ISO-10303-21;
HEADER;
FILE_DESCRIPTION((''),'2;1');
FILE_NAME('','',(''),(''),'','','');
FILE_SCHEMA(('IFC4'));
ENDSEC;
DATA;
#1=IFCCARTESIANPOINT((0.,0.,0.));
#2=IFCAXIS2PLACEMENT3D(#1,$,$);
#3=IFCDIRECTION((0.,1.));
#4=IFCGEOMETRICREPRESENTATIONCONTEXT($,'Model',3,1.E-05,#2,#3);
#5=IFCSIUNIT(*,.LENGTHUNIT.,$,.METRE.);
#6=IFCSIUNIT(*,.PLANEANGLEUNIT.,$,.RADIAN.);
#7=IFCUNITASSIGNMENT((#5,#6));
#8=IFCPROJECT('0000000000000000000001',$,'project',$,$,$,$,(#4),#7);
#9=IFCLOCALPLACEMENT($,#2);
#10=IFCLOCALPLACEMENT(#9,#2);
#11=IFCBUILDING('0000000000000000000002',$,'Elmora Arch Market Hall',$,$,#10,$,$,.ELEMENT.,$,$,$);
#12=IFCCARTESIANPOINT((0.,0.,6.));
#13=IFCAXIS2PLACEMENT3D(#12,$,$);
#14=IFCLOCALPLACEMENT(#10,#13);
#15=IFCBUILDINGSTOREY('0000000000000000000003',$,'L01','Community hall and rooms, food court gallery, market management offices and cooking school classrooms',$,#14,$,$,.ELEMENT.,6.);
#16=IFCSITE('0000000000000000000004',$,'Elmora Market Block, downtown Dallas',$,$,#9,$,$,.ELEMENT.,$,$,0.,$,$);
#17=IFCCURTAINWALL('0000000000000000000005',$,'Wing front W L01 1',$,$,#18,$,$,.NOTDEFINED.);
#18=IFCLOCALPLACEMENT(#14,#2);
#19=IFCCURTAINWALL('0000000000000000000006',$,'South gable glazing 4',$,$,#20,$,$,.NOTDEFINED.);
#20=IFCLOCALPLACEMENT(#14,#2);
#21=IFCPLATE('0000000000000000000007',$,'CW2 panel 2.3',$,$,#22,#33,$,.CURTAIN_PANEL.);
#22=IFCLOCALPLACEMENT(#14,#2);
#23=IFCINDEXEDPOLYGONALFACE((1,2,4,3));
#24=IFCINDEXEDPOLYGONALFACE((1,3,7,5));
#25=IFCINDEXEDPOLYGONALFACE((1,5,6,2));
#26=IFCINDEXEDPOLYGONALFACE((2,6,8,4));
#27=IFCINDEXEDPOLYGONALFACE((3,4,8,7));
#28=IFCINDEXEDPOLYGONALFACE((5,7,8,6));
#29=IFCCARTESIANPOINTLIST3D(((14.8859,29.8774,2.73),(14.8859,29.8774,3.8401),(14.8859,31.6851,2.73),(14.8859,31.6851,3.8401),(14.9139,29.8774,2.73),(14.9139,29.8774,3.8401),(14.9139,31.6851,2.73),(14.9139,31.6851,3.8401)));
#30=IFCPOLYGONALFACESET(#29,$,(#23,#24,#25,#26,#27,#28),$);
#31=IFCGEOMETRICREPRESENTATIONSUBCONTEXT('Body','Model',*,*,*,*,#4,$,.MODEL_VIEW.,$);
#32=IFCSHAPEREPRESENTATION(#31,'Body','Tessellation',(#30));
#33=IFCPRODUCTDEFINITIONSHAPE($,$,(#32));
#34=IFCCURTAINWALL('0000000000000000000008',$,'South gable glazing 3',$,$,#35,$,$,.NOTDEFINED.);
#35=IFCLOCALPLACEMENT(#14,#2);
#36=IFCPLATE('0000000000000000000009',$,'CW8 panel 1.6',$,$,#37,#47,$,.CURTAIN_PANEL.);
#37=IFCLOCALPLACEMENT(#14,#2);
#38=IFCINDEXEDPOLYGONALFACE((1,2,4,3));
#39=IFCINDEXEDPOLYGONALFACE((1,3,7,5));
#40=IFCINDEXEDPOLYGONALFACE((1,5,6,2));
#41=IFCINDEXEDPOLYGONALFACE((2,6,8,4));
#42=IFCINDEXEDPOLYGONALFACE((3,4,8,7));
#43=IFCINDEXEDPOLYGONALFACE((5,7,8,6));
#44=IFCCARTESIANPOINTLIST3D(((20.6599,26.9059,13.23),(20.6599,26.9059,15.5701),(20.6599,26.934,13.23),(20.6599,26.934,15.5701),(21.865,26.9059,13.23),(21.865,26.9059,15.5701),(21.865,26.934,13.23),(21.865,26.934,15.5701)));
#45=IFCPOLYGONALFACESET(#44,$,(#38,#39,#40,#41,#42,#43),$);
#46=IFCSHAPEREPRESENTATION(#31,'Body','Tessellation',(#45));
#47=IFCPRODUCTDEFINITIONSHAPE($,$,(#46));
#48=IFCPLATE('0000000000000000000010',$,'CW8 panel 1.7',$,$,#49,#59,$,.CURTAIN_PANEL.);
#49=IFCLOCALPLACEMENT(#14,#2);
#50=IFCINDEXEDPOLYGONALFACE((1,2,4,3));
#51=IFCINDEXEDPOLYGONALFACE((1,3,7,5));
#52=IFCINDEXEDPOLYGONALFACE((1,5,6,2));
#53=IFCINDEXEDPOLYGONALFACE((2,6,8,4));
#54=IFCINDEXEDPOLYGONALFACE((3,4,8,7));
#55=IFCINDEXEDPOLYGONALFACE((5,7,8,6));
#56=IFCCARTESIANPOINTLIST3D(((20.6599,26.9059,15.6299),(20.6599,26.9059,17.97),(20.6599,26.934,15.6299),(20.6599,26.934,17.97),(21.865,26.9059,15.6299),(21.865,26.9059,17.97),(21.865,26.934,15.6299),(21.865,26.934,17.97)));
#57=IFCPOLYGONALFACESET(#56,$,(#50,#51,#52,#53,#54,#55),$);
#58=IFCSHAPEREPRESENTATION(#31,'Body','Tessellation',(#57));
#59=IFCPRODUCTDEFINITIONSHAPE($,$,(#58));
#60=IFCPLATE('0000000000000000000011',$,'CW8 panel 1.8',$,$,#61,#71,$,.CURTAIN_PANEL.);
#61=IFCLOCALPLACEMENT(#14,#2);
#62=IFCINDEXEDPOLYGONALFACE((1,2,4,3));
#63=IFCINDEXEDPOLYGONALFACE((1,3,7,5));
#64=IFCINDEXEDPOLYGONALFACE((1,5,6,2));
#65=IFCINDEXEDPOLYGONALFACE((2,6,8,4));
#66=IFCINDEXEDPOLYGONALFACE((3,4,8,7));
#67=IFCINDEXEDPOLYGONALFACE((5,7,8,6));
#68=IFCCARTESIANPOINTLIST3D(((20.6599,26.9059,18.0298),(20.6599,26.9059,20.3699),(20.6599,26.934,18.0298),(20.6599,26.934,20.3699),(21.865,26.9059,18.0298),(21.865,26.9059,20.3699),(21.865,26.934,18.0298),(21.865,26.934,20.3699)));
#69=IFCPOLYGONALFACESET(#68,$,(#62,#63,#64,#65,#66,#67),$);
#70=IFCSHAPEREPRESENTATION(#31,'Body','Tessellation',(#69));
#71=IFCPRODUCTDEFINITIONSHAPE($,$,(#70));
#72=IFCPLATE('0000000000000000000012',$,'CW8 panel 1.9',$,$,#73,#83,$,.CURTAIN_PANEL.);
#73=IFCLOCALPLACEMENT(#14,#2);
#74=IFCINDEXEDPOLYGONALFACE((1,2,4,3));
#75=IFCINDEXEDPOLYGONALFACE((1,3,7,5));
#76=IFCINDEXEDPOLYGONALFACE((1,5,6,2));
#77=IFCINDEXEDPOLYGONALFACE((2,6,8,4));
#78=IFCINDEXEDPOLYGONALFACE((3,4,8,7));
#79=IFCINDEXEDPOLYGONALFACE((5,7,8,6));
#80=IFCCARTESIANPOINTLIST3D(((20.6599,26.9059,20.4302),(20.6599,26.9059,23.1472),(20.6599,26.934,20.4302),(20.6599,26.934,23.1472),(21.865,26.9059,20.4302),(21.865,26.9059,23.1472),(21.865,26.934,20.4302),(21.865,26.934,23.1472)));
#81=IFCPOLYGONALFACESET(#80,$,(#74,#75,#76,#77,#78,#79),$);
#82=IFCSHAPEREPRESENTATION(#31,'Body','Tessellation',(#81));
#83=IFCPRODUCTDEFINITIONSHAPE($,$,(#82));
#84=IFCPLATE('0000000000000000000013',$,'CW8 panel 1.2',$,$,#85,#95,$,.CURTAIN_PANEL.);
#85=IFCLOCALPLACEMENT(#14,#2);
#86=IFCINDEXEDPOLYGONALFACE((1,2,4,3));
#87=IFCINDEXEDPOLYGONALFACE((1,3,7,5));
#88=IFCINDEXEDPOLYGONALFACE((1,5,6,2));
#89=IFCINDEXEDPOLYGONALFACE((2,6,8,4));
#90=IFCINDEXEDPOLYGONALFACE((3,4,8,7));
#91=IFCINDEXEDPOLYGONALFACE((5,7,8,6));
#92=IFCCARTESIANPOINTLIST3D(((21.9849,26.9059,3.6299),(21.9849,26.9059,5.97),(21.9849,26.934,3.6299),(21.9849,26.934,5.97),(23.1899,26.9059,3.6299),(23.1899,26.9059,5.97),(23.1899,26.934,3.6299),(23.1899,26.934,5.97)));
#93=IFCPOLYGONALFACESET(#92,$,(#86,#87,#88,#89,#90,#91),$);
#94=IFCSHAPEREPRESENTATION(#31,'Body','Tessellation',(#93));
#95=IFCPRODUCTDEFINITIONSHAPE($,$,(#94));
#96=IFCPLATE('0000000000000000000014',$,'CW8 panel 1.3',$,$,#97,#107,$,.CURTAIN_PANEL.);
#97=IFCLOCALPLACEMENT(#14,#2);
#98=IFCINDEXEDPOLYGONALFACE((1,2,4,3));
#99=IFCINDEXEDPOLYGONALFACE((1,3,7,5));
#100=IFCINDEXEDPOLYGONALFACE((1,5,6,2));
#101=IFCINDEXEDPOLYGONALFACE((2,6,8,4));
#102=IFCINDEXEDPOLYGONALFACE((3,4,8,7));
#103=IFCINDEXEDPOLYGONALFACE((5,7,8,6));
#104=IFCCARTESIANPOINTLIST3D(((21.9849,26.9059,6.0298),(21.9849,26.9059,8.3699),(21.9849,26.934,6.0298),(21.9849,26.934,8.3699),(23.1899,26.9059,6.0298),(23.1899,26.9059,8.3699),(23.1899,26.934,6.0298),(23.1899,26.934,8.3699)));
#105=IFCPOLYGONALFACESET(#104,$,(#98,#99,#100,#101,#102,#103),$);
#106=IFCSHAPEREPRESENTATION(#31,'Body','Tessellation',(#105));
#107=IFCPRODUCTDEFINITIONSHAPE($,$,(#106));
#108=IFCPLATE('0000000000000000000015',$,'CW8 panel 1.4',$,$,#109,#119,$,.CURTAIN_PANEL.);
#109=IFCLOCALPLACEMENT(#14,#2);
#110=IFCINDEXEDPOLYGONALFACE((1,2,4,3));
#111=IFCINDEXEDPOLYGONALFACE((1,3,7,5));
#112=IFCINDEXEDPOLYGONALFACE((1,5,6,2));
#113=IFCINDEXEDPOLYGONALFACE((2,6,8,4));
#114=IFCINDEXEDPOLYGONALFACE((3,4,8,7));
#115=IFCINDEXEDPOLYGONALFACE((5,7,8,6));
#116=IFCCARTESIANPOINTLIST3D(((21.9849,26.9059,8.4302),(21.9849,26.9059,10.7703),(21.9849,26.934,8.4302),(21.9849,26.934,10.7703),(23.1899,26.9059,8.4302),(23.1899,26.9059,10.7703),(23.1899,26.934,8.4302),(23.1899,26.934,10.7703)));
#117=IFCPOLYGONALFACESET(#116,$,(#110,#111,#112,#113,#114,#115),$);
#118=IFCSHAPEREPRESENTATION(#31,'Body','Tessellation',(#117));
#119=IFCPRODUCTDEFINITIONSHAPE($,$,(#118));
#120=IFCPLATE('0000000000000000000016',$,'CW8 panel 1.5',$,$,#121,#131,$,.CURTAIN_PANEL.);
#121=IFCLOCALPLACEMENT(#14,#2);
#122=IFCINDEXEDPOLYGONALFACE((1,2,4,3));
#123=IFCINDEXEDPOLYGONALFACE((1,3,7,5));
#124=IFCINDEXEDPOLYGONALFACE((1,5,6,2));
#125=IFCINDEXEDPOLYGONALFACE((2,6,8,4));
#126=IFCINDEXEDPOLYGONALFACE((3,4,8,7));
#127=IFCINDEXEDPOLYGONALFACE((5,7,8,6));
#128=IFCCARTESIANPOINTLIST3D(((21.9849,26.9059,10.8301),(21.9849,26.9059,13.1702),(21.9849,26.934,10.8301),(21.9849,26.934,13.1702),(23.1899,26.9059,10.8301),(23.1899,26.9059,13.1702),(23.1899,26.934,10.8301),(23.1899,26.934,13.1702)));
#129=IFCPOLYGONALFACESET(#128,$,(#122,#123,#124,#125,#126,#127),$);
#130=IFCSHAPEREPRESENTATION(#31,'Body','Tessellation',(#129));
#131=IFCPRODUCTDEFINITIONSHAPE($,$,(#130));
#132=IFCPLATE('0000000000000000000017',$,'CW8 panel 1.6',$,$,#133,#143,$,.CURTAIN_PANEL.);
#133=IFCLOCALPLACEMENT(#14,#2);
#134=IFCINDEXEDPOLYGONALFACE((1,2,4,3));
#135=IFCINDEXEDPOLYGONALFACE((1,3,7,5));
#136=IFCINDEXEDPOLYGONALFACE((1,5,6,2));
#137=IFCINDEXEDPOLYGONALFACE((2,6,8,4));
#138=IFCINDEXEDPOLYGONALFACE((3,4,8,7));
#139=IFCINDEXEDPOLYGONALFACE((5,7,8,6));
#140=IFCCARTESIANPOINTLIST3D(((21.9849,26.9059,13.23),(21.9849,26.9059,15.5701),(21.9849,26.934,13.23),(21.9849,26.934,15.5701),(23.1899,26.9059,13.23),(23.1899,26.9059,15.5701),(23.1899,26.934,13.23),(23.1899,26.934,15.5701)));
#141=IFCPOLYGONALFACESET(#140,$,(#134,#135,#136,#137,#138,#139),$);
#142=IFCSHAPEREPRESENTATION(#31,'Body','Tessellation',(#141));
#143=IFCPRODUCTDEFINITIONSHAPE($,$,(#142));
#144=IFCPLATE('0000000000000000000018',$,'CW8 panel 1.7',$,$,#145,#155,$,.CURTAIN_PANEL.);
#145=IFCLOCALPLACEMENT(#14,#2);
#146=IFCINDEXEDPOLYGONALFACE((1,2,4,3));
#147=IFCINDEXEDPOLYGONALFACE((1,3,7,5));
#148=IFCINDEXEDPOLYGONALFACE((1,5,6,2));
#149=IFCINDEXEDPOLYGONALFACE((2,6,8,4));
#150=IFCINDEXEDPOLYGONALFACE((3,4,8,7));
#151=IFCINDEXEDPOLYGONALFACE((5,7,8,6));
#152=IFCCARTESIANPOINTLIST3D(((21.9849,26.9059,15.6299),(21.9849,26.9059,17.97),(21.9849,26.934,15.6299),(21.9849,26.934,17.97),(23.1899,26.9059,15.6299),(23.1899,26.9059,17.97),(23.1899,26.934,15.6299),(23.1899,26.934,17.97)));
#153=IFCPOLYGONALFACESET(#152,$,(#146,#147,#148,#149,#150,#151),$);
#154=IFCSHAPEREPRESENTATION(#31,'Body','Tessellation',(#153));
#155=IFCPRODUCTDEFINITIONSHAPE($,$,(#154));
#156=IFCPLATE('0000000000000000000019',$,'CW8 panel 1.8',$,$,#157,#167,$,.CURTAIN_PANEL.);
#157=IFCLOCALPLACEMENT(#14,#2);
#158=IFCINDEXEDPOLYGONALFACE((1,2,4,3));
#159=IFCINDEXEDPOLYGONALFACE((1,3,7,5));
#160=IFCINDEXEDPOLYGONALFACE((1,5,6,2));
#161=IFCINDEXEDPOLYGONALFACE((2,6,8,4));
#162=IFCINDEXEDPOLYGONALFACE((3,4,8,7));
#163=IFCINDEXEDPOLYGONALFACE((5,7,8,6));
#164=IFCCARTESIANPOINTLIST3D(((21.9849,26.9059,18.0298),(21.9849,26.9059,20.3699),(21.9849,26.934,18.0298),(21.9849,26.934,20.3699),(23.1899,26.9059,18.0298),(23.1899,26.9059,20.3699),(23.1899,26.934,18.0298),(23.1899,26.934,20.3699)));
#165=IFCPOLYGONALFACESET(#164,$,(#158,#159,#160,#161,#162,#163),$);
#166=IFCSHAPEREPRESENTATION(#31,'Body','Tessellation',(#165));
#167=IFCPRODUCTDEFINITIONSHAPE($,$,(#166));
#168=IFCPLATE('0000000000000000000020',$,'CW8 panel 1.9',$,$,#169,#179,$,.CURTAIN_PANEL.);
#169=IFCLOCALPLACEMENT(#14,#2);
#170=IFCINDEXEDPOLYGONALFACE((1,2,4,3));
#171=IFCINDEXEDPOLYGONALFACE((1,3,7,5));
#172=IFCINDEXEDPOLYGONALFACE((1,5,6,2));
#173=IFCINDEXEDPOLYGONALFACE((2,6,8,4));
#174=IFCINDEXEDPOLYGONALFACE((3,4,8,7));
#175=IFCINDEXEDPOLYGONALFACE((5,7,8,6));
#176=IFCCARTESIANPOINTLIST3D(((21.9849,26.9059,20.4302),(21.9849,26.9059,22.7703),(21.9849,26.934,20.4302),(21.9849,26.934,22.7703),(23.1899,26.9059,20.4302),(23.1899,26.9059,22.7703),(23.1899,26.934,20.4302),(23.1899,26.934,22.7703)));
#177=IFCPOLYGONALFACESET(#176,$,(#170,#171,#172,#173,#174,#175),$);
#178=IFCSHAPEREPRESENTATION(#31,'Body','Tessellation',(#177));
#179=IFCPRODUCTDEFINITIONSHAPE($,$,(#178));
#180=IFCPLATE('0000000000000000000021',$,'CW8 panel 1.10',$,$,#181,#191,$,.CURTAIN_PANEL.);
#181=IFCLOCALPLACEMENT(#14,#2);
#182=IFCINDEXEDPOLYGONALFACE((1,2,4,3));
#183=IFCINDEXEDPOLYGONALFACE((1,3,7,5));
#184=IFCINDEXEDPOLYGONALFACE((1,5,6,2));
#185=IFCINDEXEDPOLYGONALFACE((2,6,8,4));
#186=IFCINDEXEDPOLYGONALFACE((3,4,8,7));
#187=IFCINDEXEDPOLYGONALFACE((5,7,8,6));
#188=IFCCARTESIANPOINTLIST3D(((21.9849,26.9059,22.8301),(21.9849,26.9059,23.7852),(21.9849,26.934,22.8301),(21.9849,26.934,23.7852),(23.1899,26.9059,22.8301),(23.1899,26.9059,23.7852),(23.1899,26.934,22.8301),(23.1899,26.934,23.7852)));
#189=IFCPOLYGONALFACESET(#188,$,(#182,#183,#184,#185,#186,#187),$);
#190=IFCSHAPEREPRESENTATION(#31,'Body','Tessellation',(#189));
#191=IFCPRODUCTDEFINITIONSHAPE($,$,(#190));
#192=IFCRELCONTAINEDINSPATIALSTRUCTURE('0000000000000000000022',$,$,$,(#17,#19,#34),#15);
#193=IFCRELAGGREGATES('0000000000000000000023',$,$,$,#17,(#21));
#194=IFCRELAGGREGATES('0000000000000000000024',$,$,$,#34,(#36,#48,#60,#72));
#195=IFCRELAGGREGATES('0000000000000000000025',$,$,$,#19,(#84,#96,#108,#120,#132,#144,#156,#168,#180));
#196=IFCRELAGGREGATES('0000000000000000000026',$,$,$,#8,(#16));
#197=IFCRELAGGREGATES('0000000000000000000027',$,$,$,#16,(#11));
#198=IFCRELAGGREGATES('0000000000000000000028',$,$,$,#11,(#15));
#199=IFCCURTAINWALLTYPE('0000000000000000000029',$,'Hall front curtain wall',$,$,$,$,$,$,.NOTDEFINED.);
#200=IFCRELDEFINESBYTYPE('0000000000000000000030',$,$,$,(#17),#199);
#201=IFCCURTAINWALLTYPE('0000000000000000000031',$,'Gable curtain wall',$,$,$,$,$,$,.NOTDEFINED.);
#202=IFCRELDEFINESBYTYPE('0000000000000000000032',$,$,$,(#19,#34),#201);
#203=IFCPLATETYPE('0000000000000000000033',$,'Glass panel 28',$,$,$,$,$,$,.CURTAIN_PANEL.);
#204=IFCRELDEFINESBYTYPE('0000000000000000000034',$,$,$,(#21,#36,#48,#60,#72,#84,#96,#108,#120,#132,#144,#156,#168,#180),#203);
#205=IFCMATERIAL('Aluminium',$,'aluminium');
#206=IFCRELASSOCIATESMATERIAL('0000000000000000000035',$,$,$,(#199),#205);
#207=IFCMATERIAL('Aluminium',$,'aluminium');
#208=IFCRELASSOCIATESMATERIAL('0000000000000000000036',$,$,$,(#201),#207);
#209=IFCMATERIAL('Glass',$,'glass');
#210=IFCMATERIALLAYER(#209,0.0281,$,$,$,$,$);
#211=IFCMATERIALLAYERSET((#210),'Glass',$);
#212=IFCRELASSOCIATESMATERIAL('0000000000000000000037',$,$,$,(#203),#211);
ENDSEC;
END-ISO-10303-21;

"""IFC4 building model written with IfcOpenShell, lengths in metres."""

from ifc_helpers import new_model, si_unit, direction, frame, origin, origin_2d, place, context, subcontext, project, spatial, rectangle, extrude, material, layer, layer_set, type_object, element, aggregate, save


model = new_model("IFC4")

# Units and contexts
model_context = context("Model", 3, precision=1e-05, world=origin(), true_north=direction((0.0, 1.0)))
body_context = subcontext(model_context, "Body", "Model", "MODEL_VIEW")
ifc_project = project(units=[si_unit("LENGTHUNIT", "METRE"), si_unit("PLANEANGLEUNIT", "RADIAN")], contexts=[model_context])

# Site, building, storey
site_placement = place(None, origin())
site = spatial("IfcSite", under=ifc_project, at=site_placement, Name="Elmora Market Block, downtown Dallas", CompositionType="ELEMENT", RefElevation=0.0)
building_placement = place(site_placement, origin())
building = spatial("IfcBuilding", under=site, at=building_placement, Name="Elmora Arch Market Hall", CompositionType="ELEMENT")
storey_placement = place(building_placement, frame((0.0, 0.0, 6.0)))
storey = spatial("IfcBuildingStorey", under=building, at=storey_placement, Name="L01", Description="Community hall and rooms, food court gallery, market management offices and cooking school classrooms", CompositionType="ELEMENT", Elevation=6.0)

# Curtain walls
ifc_material_1 = material(Name="Aluminium", Category="aluminium")
curtain_wall_type_1 = type_object("IfcCurtainWallType", Name="Hall front curtain wall", PredefinedType="NOTDEFINED", material=ifc_material_1)
curtain_wall_1_placement = place(storey_placement, origin())
curtain_wall_1 = element("IfcCurtainWall", 1, at=curtain_wall_1_placement, inside=storey, type_object=curtain_wall_type_1, Name="Wing front W L01 1", PredefinedType="NOTDEFINED")
ifc_material_2 = material(Name="Aluminium", Category="aluminium")
curtain_wall_type_2 = type_object("IfcCurtainWallType", Name="Gable curtain wall", PredefinedType="NOTDEFINED", material=ifc_material_2)
curtain_wall_2_placement = place(storey_placement, origin())
curtain_wall_2 = element("IfcCurtainWall", 2, at=curtain_wall_2_placement, inside=storey, type_object=curtain_wall_type_2, Name="South gable glazing 4", PredefinedType="NOTDEFINED")

# Plate
ifc_material_3 = material(Name="Glass", Category="glass")
ifc_layer = layer(ifc_material_3, 0.0281)
ifc_layer_set = layer_set([ifc_layer], Name="Glass")
plate_type = type_object("IfcPlateType", Name="Glass panel 28", PredefinedType="CURTAIN_PANEL", material=ifc_layer_set)
plate_1_placement = place(storey_placement, frame((14.8999, 30.7812, 2.73), z_axis=(0.0, 0.0, 1.0), x_axis=(0.0, 1.0, 0.0)))
plate_1 = element("IfcPlate", 3, at=plate_1_placement, type_object=plate_type, Name="CW2 panel 2.3", PredefinedType="CURTAIN_PANEL", context=body_context, shape_type="SweptSolid", body=[
    extrude(rectangle(XDim=1.8076, YDim=0.0281, at=origin_2d()), origin(), (0.0, 0.0, 1.0), 1.1101),
])
aggregate(curtain_wall_1, [plate_1])

# Curtain wall, plates
curtain_wall_3_placement = place(storey_placement, origin())
curtain_wall_3 = element("IfcCurtainWall", 4, at=curtain_wall_3_placement, inside=storey, type_object=curtain_wall_type_2, Name="South gable glazing 3", PredefinedType="NOTDEFINED")
plate_2_placement = place(storey_placement, frame((21.2625, 26.9199, 13.23), z_axis=(0.0, 0.0, 1.0), x_axis=(1.0, 0.0, 0.0)))
plate_2 = element("IfcPlate", 5, at=plate_2_placement, type_object=plate_type, Name="CW8 panel 1.6", PredefinedType="CURTAIN_PANEL", context=body_context, shape_type="SweptSolid", body=[
    extrude(rectangle(XDim=1.2051, YDim=0.0281, at=origin_2d()), origin(), (0.0, 0.0, 1.0), 2.3401),
])
plate_3_placement = place(storey_placement, frame((21.2625, 26.9199, 15.6299), z_axis=(0.0, 0.0, 1.0), x_axis=(1.0, 0.0, 0.0)))
plate_3 = element("IfcPlate", 6, at=plate_3_placement, type_object=plate_type, Name="CW8 panel 1.7", PredefinedType="CURTAIN_PANEL", context=body_context, shape_type="SweptSolid", body=[
    extrude(rectangle(XDim=1.2051, YDim=0.0281, at=origin_2d()), origin(), (0.0, 0.0, 1.0), 2.3401),
])
plate_4_placement = place(storey_placement, frame((21.2625, 26.9199, 18.0298), z_axis=(0.0, 0.0, 1.0), x_axis=(1.0, 0.0, 0.0)))
plate_4 = element("IfcPlate", 7, at=plate_4_placement, type_object=plate_type, Name="CW8 panel 1.8", PredefinedType="CURTAIN_PANEL", context=body_context, shape_type="SweptSolid", body=[
    extrude(rectangle(XDim=1.2051, YDim=0.0281, at=origin_2d()), origin(), (0.0, 0.0, 1.0), 2.3401),
])
plate_5_placement = place(storey_placement, frame((21.2625, 26.9199, 20.4302), z_axis=(0.0, 0.0, 1.0), x_axis=(1.0, 0.0, 0.0)))
plate_5 = element("IfcPlate", 8, at=plate_5_placement, type_object=plate_type, Name="CW8 panel 1.9", PredefinedType="CURTAIN_PANEL", context=body_context, shape_type="SweptSolid", body=[
    extrude(rectangle(XDim=1.2051, YDim=0.0281, at=origin_2d()), origin(), (0.0, 0.0, 1.0), 2.717),
])
aggregate(curtain_wall_3, [plate_2, plate_3, plate_4, plate_5])

# Plates
plate_6_placement = place(storey_placement, frame((22.5874, 26.9199, 3.6299), z_axis=(0.0, 0.0, 1.0), x_axis=(1.0, 0.0, 0.0)))
plate_6 = element("IfcPlate", 9, at=plate_6_placement, type_object=plate_type, Name="CW8 panel 1.2", PredefinedType="CURTAIN_PANEL", context=body_context, shape_type="SweptSolid", body=[
    extrude(rectangle(XDim=1.2051, YDim=0.0281, at=origin_2d()), origin(), (0.0, 0.0, 1.0), 2.3401),
])
plate_7_placement = place(storey_placement, frame((22.5874, 26.9199, 6.0298), z_axis=(0.0, 0.0, 1.0), x_axis=(1.0, 0.0, 0.0)))
plate_7 = element("IfcPlate", 10, at=plate_7_placement, type_object=plate_type, Name="CW8 panel 1.3", PredefinedType="CURTAIN_PANEL", context=body_context, shape_type="SweptSolid", body=[
    extrude(rectangle(XDim=1.2051, YDim=0.0281, at=origin_2d()), origin(), (0.0, 0.0, 1.0), 2.3401),
])
plate_8_placement = place(storey_placement, frame((22.5874, 26.9199, 8.4302), z_axis=(0.0, 0.0, 1.0), x_axis=(1.0, 0.0, 0.0)))
plate_8 = element("IfcPlate", 11, at=plate_8_placement, type_object=plate_type, Name="CW8 panel 1.4", PredefinedType="CURTAIN_PANEL", context=body_context, shape_type="SweptSolid", body=[
    extrude(rectangle(XDim=1.2051, YDim=0.0281, at=origin_2d()), origin(), (0.0, 0.0, 1.0), 2.3401),
])
plate_9_placement = place(storey_placement, frame((22.5874, 26.9199, 10.8301), z_axis=(0.0, 0.0, 1.0), x_axis=(1.0, 0.0, 0.0)))
plate_9 = element("IfcPlate", 12, at=plate_9_placement, type_object=plate_type, Name="CW8 panel 1.5", PredefinedType="CURTAIN_PANEL", context=body_context, shape_type="SweptSolid", body=[
    extrude(rectangle(XDim=1.2051, YDim=0.0281, at=origin_2d()), origin(), (0.0, 0.0, 1.0), 2.3401),
])
plate_10_placement = place(storey_placement, frame((22.5874, 26.9199, 13.23), z_axis=(0.0, 0.0, 1.0), x_axis=(1.0, 0.0, 0.0)))
plate_10 = element("IfcPlate", 13, at=plate_10_placement, type_object=plate_type, Name="CW8 panel 1.6", PredefinedType="CURTAIN_PANEL", context=body_context, shape_type="SweptSolid", body=[
    extrude(rectangle(XDim=1.2051, YDim=0.0281, at=origin_2d()), origin(), (0.0, 0.0, 1.0), 2.3401),
])
plate_11_placement = place(storey_placement, frame((22.5874, 26.9199, 15.6299), z_axis=(0.0, 0.0, 1.0), x_axis=(1.0, 0.0, 0.0)))
plate_11 = element("IfcPlate", 14, at=plate_11_placement, type_object=plate_type, Name="CW8 panel 1.7", PredefinedType="CURTAIN_PANEL", context=body_context, shape_type="SweptSolid", body=[
    extrude(rectangle(XDim=1.2051, YDim=0.0281, at=origin_2d()), origin(), (0.0, 0.0, 1.0), 2.3401),
])
plate_12_placement = place(storey_placement, frame((22.5874, 26.9199, 18.0298), z_axis=(0.0, 0.0, 1.0), x_axis=(1.0, 0.0, 0.0)))
plate_12 = element("IfcPlate", 15, at=plate_12_placement, type_object=plate_type, Name="CW8 panel 1.8", PredefinedType="CURTAIN_PANEL", context=body_context, shape_type="SweptSolid", body=[
    extrude(rectangle(XDim=1.2051, YDim=0.0281, at=origin_2d()), origin(), (0.0, 0.0, 1.0), 2.3401),
])
plate_13_placement = place(storey_placement, frame((22.5874, 26.9199, 20.4302), z_axis=(0.0, 0.0, 1.0), x_axis=(1.0, 0.0, 0.0)))
plate_13 = element("IfcPlate", 16, at=plate_13_placement, type_object=plate_type, Name="CW8 panel 1.9", PredefinedType="CURTAIN_PANEL", context=body_context, shape_type="SweptSolid", body=[
    extrude(rectangle(XDim=1.2051, YDim=0.0281, at=origin_2d()), origin(), (0.0, 0.0, 1.0), 2.3401),
])
plate_14_placement = place(storey_placement, frame((22.5874, 26.9199, 22.8301), z_axis=(0.0, 0.0, 1.0), x_axis=(1.0, 0.0, 0.0)))
plate_14 = element("IfcPlate", 17, at=plate_14_placement, type_object=plate_type, Name="CW8 panel 1.10", PredefinedType="CURTAIN_PANEL", context=body_context, shape_type="SweptSolid", body=[
    extrude(rectangle(XDim=1.2051, YDim=0.0281, at=origin_2d()), origin(), (0.0, 0.0, 1.0), 0.9551),
])
aggregate(curtain_wall_2, [plate_6, plate_7, plate_8, plate_9, plate_10, plate_11, plate_12, plate_13, plate_14])

save(model, "model.ifc")
